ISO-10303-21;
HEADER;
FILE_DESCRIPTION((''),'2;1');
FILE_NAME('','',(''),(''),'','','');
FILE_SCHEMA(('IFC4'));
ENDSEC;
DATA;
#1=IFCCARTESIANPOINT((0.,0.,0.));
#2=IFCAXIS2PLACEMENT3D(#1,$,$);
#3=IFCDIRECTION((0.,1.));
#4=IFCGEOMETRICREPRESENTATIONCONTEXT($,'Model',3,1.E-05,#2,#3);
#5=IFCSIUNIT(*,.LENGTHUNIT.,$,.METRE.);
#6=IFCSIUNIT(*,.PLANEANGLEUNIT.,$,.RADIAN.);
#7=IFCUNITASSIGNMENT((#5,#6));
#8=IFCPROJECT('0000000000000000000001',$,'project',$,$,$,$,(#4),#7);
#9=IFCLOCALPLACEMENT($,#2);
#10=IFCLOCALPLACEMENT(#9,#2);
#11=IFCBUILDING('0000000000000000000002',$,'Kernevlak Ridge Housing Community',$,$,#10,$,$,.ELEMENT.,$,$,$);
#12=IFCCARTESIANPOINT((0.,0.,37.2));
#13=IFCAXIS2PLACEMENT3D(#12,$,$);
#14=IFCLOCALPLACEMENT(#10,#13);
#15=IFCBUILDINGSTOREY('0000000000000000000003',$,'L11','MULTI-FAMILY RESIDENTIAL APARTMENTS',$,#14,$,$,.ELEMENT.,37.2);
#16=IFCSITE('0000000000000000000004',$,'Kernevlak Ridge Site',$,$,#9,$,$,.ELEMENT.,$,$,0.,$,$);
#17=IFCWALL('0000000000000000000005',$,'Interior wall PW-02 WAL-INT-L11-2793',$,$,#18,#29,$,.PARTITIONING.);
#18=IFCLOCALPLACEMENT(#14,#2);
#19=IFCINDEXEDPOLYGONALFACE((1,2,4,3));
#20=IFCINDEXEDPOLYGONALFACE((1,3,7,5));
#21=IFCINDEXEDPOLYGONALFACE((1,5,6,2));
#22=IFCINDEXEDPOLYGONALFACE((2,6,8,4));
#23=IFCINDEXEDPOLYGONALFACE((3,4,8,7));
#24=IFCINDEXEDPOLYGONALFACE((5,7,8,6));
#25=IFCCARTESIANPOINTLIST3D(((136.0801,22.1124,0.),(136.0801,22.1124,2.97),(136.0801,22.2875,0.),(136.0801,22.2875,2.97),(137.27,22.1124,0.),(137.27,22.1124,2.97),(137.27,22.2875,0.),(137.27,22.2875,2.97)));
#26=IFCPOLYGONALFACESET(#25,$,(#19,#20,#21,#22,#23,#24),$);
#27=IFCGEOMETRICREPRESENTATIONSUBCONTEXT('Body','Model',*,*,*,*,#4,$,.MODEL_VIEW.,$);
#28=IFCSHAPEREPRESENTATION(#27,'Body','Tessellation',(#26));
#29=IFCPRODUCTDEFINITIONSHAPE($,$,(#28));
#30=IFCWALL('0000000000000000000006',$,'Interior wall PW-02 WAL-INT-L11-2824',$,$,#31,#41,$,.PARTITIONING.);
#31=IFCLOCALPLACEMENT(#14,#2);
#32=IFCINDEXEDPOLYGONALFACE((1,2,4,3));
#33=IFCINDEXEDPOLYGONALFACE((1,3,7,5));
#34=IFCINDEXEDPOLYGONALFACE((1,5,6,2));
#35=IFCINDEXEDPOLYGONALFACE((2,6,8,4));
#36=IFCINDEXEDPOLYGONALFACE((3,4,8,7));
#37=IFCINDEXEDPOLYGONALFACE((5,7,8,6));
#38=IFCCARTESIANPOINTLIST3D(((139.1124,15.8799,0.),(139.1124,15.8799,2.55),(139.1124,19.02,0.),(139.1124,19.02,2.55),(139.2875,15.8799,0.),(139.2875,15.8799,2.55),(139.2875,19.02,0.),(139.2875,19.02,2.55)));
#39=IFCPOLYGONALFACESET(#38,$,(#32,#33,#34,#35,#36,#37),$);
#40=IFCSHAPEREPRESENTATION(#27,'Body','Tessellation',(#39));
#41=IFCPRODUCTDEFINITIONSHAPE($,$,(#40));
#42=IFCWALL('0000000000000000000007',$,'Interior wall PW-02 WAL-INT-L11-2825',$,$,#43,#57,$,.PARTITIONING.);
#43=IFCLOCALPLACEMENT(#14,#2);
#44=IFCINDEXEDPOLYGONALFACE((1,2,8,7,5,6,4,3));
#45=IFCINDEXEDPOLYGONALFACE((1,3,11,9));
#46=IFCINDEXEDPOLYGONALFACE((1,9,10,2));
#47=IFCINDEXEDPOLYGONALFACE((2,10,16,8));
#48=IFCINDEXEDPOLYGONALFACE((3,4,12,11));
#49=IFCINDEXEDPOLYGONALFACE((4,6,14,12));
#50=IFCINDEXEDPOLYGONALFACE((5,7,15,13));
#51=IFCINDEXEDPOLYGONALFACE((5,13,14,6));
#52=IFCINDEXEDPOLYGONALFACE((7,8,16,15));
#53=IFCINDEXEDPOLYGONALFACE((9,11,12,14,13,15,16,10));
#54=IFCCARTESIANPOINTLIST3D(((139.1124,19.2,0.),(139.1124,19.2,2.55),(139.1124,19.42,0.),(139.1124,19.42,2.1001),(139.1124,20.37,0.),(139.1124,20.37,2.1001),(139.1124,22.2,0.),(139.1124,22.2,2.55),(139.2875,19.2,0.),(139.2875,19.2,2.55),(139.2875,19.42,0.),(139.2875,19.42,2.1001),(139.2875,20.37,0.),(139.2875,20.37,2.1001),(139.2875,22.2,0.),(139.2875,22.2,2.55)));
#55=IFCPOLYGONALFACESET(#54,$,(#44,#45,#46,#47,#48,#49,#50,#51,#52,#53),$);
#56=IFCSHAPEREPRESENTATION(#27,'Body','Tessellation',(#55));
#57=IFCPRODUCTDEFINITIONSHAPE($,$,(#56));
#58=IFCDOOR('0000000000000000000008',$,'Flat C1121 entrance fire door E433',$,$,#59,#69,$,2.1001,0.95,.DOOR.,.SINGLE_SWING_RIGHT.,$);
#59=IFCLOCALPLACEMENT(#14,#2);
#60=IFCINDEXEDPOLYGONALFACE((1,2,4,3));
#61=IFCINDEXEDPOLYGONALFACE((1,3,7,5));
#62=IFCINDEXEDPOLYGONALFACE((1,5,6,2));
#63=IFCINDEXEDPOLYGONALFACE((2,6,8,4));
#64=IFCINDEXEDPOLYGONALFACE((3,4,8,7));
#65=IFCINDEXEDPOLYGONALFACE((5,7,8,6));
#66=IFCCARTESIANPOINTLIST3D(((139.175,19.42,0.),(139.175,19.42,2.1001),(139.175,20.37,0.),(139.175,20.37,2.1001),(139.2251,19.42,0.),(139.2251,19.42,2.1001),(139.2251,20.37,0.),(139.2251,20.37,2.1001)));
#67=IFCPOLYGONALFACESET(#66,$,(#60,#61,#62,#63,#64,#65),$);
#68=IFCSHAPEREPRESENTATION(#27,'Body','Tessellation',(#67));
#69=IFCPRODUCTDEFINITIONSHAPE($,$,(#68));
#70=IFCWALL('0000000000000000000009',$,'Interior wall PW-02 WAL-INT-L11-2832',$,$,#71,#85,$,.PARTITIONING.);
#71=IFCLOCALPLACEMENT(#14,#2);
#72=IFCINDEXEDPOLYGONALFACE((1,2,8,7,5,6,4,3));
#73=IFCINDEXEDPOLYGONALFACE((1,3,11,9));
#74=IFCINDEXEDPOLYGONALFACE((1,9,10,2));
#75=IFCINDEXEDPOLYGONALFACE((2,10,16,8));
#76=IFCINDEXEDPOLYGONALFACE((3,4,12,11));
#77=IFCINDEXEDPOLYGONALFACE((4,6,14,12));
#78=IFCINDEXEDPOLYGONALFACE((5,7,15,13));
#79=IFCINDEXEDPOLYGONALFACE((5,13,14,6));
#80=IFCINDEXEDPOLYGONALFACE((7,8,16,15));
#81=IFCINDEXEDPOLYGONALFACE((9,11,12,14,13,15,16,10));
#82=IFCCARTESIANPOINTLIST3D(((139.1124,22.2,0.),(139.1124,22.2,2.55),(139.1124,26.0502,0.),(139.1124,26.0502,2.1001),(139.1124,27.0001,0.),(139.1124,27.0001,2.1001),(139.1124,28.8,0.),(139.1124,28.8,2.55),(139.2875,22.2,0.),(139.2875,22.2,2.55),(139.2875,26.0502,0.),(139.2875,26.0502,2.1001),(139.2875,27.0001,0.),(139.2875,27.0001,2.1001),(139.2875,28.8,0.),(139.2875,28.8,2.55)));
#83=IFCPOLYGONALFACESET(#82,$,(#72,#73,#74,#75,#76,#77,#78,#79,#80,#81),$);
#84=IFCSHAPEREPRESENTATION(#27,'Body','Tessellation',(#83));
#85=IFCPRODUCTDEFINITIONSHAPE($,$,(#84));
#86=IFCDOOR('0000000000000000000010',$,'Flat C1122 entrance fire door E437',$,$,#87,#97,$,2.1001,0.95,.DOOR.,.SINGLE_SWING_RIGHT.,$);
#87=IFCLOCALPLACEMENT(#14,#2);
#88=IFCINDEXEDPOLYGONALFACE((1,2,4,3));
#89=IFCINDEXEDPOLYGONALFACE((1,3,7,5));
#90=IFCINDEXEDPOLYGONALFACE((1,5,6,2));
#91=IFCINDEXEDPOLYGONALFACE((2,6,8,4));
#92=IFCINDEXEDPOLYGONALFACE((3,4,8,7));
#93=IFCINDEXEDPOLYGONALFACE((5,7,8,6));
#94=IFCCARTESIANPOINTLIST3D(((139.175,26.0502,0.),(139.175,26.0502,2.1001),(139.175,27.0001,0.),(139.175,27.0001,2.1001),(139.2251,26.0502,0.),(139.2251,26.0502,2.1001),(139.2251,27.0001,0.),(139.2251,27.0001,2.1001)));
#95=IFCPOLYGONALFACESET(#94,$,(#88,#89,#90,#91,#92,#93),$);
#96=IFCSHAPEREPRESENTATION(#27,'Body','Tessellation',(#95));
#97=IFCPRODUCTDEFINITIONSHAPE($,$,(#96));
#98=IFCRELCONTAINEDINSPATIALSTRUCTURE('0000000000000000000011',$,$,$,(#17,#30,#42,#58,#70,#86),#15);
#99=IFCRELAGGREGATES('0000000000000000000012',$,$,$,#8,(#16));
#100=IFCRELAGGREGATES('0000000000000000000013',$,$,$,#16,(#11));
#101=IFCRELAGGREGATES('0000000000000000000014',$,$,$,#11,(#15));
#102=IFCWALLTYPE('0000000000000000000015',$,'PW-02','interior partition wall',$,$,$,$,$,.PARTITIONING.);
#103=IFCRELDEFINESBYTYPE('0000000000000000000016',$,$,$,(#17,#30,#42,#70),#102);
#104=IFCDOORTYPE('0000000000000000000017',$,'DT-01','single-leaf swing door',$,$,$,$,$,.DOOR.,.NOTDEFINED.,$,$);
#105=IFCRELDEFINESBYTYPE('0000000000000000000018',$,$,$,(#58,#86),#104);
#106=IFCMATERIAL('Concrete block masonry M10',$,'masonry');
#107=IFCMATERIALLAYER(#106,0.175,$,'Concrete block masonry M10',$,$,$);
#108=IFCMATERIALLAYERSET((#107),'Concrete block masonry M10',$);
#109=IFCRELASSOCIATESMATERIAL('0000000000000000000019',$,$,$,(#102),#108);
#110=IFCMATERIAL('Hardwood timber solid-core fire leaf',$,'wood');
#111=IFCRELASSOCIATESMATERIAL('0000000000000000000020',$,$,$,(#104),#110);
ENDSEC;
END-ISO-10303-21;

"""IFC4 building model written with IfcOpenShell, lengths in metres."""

from ifc_helpers import new_model, si_unit, direction, frame, frame_2d, origin, place, context, subcontext, project, spatial, rectangle, extrude, material, layer, layer_set, type_object, element, fill, save


model = new_model("IFC4")

# Units and contexts
model_context = context("Model", 3, precision=1e-05, world=origin(), true_north=direction((0.0, 1.0)))
body_context = subcontext(model_context, "Body", "Model", "MODEL_VIEW")
ifc_project = project(units=[si_unit("LENGTHUNIT", "METRE"), si_unit("PLANEANGLEUNIT", "RADIAN")], contexts=[model_context])

# Site, building, storey
site_placement = place(None, origin())
site = spatial("IfcSite", under=ifc_project, at=site_placement, Name="Kernevlak Ridge Site", CompositionType="ELEMENT", RefElevation=0.0)
building_placement = place(site_placement, origin())
building = spatial("IfcBuilding", under=site, at=building_placement, Name="Kernevlak Ridge Housing Community", CompositionType="ELEMENT")
storey_placement = place(building_placement, frame((0.0, 0.0, 37.2)))
storey = spatial("IfcBuildingStorey", under=building, at=storey_placement, Name="L11", Description="MULTI-FAMILY RESIDENTIAL APARTMENTS", CompositionType="ELEMENT", Elevation=37.2)

# Shared definitions
ifc_material_1 = material(Name="Concrete block masonry M10", Category="masonry")
ifc_layer_1 = layer(ifc_material_1, 0.175, Name="Concrete block masonry M10")
ifc_layer_set_1 = layer_set([ifc_layer_1], Name="Concrete block masonry M10")
wall_type_1 = type_object("IfcWallType", Name="PW-02", Description="interior partition wall", PredefinedType="PARTITIONING", material=ifc_layer_set_1)

# Walls
wall_1_placement = place(storey_placement, frame((136.0801, 22.2, 0.0), z_axis=(0.0, 0.0, 1.0), x_axis=(1.0, 0.0, 0.0)))
element("IfcWall", 1, at=wall_1_placement, inside=storey, type_object=wall_type_1, Name="Interior wall PW-02 WAL-INT-L11-2793", PredefinedType="PARTITIONING", context=body_context, shape_type="SweptSolid", body=[
    extrude(rectangle(XDim=1.1899, YDim=0.175, at=frame_2d((0.595, 0.0))), origin(), (0.0, 0.0, 1.0), 2.97),
])
wall_2_placement = place(storey_placement, frame((139.2, 15.8799, 0.0), z_axis=(0.0, 0.0, 1.0), x_axis=(0.0, 1.0, 0.0)))
element("IfcWall", 2, at=wall_2_placement, inside=storey, type_object=wall_type_1, Name="Interior wall PW-02 WAL-INT-L11-2824", PredefinedType="PARTITIONING", context=body_context, shape_type="SweptSolid", body=[
    extrude(rectangle(XDim=3.1401, YDim=0.175, at=frame_2d((1.5701, 0.0))), origin(), (0.0, 0.0, 1.0), 2.55),
])

# Walls, openings, doors
wall_3_placement = place(storey_placement, frame((139.2, 19.2, 0.0), z_axis=(0.0, 0.0, 1.0), x_axis=(0.0, 1.0, 0.0)))
wall_3 = element("IfcWall", 3, at=wall_3_placement, inside=storey, type_object=wall_type_1, Name="Interior wall PW-02 WAL-INT-L11-2825", PredefinedType="PARTITIONING", context=body_context, shape_type="SweptSolid", body=[
    extrude(rectangle(XDim=3.0, YDim=0.175, at=frame_2d((1.5, 0.0))), origin(), (0.0, 0.0, 1.0), 2.55),
])
opening_1_placement = place(wall_3_placement, frame((0.22, 0.0, 0.0)))
opening_1 = element("IfcOpeningElement", 4, at=opening_1_placement, cuts=wall_3, PredefinedType="OPENING", context=body_context, shape_type="SweptSolid", body=[
    extrude(rectangle(XDim=0.95, YDim=2.1001, at=frame_2d((0.4751, 1.05))), frame((0.0, 0.0974, 0.0), z_axis=(0.0, -1.0, 0.0), x_axis=(1.0, 0.0, 0.0)), (0.0, 0.0, 1.0), 0.1951),
])
ifc_material_2 = material(Name="Hardwood timber solid-core fire leaf", Category="wood")
door_type_1 = type_object("IfcDoorType", Name="DT-01", Description="single-leaf swing door", OperationType="NOTDEFINED", PredefinedType="DOOR", material=ifc_material_2)
door_1_placement = place(opening_1_placement, origin())
door_1 = element("IfcDoor", 5, at=door_1_placement, inside=storey, type_object=door_type_1, Name="Flat C1121 entrance fire door E433", OperationType="SINGLE_SWING_RIGHT", OverallHeight=2.1001, OverallWidth=0.95, PredefinedType="DOOR", context=body_context, shape_type="SweptSolid", body=[
    extrude(rectangle(XDim=0.95, YDim=2.1001, at=frame_2d((0.4751, 1.05))), frame((0.0, 0.0249, 0.0), z_axis=(0.0, -1.0, 0.0), x_axis=(1.0, 0.0, 0.0)), (0.0, 0.0, 1.0), 0.05),
])
fill(opening_1, door_1)
wall_4_placement = place(storey_placement, frame((139.2, 22.2, 0.0), z_axis=(0.0, 0.0, 1.0), x_axis=(0.0, 1.0, 0.0)))
wall_4 = element("IfcWall", 6, at=wall_4_placement, inside=storey, type_object=wall_type_1, Name="Interior wall PW-02 WAL-INT-L11-2832", PredefinedType="PARTITIONING", context=body_context, shape_type="SweptSolid", body=[
    extrude(rectangle(XDim=6.6001, YDim=0.175, at=frame_2d((3.3, 0.0))), origin(), (0.0, 0.0, 1.0), 2.55),
])
opening_2_placement = place(wall_4_placement, frame((3.8501, 0.0, 0.0)))
opening_2 = element("IfcOpeningElement", 7, at=opening_2_placement, cuts=wall_4, PredefinedType="OPENING", context=body_context, shape_type="SweptSolid", body=[
    extrude(rectangle(XDim=0.95, YDim=2.1001, at=frame_2d((0.4751, 1.05))), frame((0.0, 0.0974, 0.0), z_axis=(0.0, -1.0, 0.0), x_axis=(1.0, 0.0, 0.0)), (0.0, 0.0, 1.0), 0.1951),
])
door_2_placement = place(opening_2_placement, origin())
door_2 = element("IfcDoor", 8, at=door_2_placement, inside=storey, type_object=door_type_1, Name="Flat C1122 entrance fire door E437", OperationType="SINGLE_SWING_RIGHT", OverallHeight=2.1001, OverallWidth=0.95, PredefinedType="DOOR", context=body_context, shape_type="SweptSolid", body=[
    extrude(rectangle(XDim=0.95, YDim=2.1001, at=frame_2d((0.4751, 1.05))), frame((0.0, 0.0249, 0.0), z_axis=(0.0, -1.0, 0.0), x_axis=(1.0, 0.0, 0.0)), (0.0, 0.0, 1.0), 0.05),
])
fill(opening_2, door_2)

save(model, "model.ifc")
